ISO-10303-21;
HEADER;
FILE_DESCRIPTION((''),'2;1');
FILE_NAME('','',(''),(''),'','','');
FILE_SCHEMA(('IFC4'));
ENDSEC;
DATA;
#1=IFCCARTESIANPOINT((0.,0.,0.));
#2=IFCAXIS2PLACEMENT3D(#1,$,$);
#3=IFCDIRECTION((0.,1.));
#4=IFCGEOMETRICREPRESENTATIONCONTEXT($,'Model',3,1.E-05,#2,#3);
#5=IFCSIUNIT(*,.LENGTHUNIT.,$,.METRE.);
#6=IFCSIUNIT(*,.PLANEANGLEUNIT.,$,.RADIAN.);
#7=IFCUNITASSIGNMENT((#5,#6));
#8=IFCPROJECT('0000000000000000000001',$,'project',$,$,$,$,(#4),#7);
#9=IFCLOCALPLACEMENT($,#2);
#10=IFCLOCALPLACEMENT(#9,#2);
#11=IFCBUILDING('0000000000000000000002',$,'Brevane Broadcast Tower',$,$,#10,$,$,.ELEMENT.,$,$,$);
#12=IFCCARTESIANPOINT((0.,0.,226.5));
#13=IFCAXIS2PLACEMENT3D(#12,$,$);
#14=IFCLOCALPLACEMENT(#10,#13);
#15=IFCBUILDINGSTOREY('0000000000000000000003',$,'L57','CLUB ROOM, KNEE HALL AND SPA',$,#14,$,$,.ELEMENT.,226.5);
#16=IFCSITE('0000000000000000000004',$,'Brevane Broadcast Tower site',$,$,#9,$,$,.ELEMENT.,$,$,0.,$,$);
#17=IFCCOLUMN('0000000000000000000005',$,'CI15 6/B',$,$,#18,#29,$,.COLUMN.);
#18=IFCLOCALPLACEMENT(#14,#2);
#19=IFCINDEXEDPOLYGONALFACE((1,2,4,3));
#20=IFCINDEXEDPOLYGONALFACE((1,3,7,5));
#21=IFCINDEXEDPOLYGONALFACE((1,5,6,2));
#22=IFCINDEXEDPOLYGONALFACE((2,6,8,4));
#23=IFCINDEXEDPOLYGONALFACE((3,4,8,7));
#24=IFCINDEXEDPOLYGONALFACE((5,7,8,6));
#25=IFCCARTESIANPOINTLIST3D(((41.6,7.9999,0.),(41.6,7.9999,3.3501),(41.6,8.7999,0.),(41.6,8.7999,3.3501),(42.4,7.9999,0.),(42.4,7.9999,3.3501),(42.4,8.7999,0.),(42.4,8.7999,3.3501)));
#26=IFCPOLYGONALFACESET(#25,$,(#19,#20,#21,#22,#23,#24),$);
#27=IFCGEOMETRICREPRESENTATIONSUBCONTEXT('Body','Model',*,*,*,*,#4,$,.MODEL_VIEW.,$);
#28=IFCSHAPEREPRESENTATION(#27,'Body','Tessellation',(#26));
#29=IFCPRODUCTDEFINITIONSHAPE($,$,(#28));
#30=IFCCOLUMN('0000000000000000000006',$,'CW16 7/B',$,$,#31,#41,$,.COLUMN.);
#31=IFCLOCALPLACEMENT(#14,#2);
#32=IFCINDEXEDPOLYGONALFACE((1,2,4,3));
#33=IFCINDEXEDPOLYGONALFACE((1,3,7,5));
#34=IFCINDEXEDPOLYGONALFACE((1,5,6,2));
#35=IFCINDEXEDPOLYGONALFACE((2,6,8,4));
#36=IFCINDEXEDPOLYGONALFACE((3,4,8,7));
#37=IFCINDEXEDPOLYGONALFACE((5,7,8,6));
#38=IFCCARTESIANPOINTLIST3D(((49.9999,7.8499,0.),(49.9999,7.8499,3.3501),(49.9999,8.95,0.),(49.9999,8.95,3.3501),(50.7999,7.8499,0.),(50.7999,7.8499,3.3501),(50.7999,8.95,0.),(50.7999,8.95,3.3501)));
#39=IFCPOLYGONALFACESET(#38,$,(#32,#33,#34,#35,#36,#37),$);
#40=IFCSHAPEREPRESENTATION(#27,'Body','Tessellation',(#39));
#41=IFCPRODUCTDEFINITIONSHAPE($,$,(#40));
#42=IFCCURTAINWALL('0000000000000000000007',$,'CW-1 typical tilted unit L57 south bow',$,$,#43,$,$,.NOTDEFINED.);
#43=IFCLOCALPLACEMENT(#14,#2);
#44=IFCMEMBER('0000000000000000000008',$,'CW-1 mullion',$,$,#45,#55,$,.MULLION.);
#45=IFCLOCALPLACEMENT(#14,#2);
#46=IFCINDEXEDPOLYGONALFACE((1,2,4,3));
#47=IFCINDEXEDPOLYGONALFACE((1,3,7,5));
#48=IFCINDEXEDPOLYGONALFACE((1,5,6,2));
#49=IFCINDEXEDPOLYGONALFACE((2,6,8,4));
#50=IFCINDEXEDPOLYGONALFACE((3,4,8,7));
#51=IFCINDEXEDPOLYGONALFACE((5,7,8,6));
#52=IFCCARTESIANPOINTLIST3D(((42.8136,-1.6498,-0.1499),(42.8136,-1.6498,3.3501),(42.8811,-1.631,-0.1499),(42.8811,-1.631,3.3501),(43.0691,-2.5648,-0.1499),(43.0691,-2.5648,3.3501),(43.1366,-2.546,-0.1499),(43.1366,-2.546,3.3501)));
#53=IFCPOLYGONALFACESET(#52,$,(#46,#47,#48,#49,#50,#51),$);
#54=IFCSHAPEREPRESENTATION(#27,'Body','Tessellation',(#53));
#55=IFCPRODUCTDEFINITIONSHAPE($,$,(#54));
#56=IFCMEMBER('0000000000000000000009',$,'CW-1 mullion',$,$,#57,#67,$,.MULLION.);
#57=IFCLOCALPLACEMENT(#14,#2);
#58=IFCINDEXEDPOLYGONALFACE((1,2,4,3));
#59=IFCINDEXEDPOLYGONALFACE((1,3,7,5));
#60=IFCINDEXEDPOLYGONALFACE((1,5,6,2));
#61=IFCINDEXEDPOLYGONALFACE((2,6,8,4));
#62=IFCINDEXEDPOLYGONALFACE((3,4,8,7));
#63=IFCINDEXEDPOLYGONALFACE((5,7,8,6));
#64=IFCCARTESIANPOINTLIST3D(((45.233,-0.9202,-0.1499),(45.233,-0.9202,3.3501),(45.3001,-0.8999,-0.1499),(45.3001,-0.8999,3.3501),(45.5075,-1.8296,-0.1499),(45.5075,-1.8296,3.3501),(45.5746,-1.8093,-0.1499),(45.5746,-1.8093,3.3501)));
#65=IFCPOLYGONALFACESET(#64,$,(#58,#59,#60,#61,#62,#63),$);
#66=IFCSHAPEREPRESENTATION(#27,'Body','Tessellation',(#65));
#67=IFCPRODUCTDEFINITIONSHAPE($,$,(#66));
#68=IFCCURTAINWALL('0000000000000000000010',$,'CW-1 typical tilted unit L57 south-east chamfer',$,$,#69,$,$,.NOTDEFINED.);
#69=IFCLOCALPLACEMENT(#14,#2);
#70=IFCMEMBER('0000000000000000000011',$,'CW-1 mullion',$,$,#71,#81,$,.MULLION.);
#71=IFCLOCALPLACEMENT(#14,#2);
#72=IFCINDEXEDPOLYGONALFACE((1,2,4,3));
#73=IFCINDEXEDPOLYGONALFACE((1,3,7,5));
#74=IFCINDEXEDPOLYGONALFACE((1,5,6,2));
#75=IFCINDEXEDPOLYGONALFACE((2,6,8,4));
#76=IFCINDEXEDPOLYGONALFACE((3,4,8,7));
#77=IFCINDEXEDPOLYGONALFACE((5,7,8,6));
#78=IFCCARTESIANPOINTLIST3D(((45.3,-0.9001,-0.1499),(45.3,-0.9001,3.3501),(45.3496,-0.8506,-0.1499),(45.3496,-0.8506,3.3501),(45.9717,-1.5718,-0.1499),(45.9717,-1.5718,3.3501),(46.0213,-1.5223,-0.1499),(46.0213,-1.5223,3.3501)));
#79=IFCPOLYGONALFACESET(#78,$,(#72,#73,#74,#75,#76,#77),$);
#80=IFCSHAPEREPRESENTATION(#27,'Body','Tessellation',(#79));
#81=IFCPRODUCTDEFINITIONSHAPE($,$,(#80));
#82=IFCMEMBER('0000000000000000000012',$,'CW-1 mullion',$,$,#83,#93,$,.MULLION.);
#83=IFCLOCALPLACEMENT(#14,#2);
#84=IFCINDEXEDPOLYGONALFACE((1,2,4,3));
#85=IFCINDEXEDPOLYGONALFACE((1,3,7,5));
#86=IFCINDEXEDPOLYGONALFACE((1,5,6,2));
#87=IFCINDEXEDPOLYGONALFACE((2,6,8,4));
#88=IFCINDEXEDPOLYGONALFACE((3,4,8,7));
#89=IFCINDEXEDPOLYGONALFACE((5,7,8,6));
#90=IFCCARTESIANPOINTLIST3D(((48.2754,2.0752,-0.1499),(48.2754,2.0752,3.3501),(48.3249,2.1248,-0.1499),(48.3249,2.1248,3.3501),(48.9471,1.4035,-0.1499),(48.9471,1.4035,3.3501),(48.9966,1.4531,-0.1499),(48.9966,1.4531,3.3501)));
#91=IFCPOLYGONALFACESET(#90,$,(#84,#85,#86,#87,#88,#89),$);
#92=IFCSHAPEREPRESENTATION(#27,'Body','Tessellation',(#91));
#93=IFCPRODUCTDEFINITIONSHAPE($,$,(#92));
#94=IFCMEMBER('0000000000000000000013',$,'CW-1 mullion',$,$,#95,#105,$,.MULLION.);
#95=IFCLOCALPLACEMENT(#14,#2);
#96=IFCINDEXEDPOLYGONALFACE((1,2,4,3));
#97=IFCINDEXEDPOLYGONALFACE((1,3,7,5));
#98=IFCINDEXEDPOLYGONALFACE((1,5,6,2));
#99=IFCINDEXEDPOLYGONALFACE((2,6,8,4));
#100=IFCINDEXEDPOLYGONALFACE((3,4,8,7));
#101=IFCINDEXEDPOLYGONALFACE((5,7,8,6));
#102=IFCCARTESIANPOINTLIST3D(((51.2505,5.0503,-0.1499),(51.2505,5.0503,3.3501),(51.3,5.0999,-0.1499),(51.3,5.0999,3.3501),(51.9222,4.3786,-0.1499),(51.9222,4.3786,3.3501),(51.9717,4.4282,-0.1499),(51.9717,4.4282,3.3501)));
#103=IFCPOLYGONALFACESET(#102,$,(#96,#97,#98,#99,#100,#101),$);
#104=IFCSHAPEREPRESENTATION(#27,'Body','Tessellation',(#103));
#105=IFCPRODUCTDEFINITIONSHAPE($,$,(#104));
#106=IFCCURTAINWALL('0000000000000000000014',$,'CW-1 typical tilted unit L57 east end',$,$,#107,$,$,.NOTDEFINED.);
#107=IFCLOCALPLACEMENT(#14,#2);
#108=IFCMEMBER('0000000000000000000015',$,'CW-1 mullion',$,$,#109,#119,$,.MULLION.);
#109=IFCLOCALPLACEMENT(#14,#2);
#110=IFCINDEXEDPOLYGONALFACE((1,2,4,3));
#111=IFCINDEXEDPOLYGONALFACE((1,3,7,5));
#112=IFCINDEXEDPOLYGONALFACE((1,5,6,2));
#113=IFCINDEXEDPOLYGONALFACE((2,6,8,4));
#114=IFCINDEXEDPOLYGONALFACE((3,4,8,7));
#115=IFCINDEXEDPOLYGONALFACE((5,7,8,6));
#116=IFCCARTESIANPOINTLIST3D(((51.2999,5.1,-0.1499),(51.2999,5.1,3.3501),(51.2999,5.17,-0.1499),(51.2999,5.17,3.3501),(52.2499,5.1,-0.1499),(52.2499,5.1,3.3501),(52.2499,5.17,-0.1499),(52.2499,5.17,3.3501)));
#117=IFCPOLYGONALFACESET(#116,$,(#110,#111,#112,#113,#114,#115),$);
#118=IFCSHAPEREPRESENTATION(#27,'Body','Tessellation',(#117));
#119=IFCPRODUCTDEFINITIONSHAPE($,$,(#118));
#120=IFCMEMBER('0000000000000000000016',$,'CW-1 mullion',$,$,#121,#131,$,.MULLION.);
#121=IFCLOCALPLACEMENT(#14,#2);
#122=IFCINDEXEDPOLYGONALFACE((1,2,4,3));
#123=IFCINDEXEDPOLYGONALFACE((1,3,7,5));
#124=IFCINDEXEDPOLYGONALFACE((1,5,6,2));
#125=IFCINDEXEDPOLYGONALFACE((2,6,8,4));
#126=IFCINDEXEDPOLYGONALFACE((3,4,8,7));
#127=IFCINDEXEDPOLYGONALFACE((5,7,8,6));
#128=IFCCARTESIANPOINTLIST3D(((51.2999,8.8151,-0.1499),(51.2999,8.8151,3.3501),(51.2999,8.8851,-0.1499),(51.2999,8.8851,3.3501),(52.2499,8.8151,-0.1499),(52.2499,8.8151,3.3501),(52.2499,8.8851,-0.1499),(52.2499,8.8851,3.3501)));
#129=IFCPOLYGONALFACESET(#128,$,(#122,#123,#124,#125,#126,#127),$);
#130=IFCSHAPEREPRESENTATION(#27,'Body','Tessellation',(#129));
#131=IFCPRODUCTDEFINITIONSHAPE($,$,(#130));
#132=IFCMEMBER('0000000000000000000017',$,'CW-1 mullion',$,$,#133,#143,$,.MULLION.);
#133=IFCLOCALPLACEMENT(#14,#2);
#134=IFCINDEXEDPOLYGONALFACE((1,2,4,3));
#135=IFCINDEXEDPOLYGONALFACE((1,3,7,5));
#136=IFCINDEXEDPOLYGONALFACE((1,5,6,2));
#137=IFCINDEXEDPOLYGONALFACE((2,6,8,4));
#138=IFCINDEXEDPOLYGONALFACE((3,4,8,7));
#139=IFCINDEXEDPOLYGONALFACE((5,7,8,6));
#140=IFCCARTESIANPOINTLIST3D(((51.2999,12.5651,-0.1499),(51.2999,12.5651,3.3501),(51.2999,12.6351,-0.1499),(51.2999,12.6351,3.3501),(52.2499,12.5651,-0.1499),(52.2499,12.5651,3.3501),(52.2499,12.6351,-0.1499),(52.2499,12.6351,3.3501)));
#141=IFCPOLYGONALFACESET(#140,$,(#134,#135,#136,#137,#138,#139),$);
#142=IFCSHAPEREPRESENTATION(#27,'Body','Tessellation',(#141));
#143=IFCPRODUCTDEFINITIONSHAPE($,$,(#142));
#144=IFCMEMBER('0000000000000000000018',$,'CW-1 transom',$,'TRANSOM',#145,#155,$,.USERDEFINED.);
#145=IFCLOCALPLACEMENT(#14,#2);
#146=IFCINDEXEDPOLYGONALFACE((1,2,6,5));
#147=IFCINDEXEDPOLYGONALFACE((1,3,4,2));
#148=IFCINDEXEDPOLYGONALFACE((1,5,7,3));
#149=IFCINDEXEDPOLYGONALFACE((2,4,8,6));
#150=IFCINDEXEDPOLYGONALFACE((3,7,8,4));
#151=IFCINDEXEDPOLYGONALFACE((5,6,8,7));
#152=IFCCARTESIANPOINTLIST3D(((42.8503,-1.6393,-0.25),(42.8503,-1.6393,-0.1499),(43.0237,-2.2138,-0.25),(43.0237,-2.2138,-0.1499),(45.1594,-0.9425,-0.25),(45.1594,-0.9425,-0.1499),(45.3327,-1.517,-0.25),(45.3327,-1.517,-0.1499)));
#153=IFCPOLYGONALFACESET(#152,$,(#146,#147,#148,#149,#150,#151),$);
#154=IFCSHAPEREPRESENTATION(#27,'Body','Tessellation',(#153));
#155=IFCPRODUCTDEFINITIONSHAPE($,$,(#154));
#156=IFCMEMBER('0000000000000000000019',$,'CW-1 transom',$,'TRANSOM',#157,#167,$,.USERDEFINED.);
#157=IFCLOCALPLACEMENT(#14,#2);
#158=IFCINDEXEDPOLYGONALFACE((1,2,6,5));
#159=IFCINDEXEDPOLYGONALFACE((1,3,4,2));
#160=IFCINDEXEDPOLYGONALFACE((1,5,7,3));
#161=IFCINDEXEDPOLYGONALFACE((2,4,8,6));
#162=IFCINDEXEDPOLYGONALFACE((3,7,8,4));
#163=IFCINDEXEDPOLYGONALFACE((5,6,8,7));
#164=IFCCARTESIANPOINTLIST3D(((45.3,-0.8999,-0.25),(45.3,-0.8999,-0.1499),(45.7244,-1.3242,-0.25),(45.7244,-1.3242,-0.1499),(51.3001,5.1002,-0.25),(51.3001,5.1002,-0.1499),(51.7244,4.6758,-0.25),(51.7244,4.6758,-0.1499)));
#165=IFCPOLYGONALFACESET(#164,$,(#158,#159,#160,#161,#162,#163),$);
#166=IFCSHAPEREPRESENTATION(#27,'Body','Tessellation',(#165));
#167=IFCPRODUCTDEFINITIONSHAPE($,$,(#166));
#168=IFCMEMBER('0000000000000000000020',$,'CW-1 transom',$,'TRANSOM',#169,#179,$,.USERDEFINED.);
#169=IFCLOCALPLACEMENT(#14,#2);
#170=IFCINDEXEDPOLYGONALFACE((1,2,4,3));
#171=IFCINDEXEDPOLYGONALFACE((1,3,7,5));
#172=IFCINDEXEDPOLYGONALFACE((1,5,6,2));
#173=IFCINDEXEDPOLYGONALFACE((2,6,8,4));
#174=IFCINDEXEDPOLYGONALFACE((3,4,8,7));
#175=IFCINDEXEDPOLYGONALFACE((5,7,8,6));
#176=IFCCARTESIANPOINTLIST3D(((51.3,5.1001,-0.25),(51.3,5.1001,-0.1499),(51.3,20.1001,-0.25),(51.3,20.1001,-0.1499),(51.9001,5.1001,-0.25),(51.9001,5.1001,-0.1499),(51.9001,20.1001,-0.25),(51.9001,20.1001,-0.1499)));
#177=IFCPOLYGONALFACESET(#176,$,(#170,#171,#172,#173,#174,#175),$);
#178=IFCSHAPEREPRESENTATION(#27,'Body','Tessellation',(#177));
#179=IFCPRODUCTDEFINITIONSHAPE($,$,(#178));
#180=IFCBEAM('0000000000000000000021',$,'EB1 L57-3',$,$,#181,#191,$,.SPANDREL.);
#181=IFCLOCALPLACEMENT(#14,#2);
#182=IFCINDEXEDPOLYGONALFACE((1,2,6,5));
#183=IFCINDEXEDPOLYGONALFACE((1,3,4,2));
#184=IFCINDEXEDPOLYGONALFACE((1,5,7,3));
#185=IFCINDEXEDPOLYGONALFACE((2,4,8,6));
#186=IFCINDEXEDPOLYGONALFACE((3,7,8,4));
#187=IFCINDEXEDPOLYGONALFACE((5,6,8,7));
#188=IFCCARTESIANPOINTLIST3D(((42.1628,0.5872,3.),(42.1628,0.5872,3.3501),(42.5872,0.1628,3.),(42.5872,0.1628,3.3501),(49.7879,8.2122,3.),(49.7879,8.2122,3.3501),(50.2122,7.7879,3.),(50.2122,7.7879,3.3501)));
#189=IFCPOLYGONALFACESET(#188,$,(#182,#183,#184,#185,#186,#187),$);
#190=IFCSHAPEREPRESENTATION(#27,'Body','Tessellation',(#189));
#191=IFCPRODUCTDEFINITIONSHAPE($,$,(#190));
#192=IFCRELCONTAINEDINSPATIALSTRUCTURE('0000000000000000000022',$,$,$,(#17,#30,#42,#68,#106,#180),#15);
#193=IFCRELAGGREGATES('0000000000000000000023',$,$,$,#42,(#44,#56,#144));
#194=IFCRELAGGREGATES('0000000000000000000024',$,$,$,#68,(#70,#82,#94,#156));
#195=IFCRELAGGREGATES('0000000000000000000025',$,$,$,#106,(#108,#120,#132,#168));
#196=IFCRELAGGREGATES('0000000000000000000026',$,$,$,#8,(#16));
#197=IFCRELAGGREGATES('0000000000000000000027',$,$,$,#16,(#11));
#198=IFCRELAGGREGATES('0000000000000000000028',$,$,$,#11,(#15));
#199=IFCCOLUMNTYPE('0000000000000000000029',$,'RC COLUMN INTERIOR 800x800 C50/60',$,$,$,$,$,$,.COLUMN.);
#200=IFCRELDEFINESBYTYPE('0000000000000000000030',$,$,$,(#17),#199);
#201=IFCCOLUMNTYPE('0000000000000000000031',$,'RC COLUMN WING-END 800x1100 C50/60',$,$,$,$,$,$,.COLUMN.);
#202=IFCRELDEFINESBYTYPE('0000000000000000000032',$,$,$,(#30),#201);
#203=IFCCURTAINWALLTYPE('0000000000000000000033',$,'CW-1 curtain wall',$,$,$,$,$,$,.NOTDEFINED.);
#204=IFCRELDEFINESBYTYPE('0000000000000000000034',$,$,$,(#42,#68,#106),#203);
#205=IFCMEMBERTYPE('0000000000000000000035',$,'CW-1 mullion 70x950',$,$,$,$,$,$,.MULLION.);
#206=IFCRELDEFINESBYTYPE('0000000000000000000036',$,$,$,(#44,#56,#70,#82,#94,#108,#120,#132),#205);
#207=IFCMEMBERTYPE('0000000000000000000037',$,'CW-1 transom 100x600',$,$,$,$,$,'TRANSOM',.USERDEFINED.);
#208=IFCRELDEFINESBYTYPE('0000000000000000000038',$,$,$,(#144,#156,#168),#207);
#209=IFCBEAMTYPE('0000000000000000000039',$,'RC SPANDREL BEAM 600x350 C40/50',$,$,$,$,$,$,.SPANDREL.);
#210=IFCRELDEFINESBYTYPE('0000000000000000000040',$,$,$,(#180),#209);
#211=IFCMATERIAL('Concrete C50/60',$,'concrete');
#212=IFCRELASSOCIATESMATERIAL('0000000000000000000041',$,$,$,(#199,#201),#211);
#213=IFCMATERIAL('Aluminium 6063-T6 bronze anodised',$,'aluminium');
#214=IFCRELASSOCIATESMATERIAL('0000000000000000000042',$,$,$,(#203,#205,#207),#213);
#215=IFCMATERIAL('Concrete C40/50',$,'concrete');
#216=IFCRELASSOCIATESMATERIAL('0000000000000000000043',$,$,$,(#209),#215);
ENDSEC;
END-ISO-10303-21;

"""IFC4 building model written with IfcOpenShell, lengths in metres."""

from ifc_helpers import new_model, si_unit, direction, frame, origin, origin_2d, place, context, subcontext, project, spatial, rectangle, extrude, material, material_profile, profile_set, type_object, element, aggregate, save


model = new_model("IFC4")

# Units and contexts
model_context = context("Model", 3, precision=1e-05, world=origin(), true_north=direction((0.0, 1.0)))
body_context = subcontext(model_context, "Body", "Model", "MODEL_VIEW")
ifc_project = project(units=[si_unit("LENGTHUNIT", "METRE"), si_unit("PLANEANGLEUNIT", "RADIAN")], contexts=[model_context])

# Site, building, storey
site_placement = place(None, origin())
site = spatial("IfcSite", under=ifc_project, at=site_placement, Name="Brevane Broadcast Tower site", CompositionType="ELEMENT", RefElevation=0.0)
building_placement = place(site_placement, origin())
building = spatial("IfcBuilding", under=site, at=building_placement, Name="Brevane Broadcast Tower", CompositionType="ELEMENT")
storey_placement = place(building_placement, frame((0.0, 0.0, 226.5)))
storey = spatial("IfcBuildingStorey", under=building, at=storey_placement, Name="L57", Description="CLUB ROOM, KNEE HALL AND SPA", CompositionType="ELEMENT", Elevation=226.5)

# Columns
ifc_material_1 = material(Name="Concrete C50/60", Category="concrete")
ifc_material_profile_1 = material_profile(ifc_material_1, rectangle(XDim=0.8, YDim=0.8, at=origin_2d()), Name="RC 800x800")
ifc_profile_set_1 = profile_set([ifc_material_profile_1], Name="Concrete C50/60")
column_type_1 = type_object("IfcColumnType", Name="RC COLUMN INTERIOR 800x800 C50/60", PredefinedType="COLUMN", material=ifc_profile_set_1)
column_1_placement = place(storey_placement, frame((42.0, 8.3999, 0.0), z_axis=(0.0, 0.0, 1.0), x_axis=(1.0, 0.0, 0.0)))
element("IfcColumn", 1, at=column_1_placement, inside=storey, type_object=column_type_1, Name="CI15 6/B", PredefinedType="COLUMN", context=body_context, shape_type="SweptSolid", body=[
    extrude(rectangle(XDim=0.8, YDim=0.8, at=origin_2d()), origin(), (0.0, 0.0, 1.0), 3.3501),
])
ifc_material_profile_2 = material_profile(ifc_material_1, rectangle(XDim=0.8, YDim=1.1001, at=origin_2d()), Name="RC 800x1100")
ifc_profile_set_2 = profile_set([ifc_material_profile_2], Name="Concrete C50/60")
column_type_2 = type_object("IfcColumnType", Name="RC COLUMN WING-END 800x1100 C50/60", PredefinedType="COLUMN", material=ifc_profile_set_2)
column_2_placement = place(storey_placement, frame((50.3999, 8.3999, 0.0), z_axis=(0.0, 0.0, 1.0), x_axis=(1.0, 0.0, 0.0)))
element("IfcColumn", 2, at=column_2_placement, inside=storey, type_object=column_type_2, Name="CW16 7/B", PredefinedType="COLUMN", context=body_context, shape_type="SweptSolid", body=[
    extrude(rectangle(XDim=0.8, YDim=1.1001, at=origin_2d()), origin(), (0.0, 0.0, 1.0), 3.3501),
])

# Curtain walls, members
ifc_material_2 = material(Name="Aluminium 6063-T6 bronze anodised", Category="aluminium")
curtain_wall_type = type_object("IfcCurtainWallType", Name="CW-1 curtain wall", PredefinedType="NOTDEFINED", material=ifc_material_2)
curtain_wall_1_placement = place(storey_placement, origin())
curtain_wall_1 = element("IfcCurtainWall", 3, at=curtain_wall_1_placement, inside=storey, type_object=curtain_wall_type, Name="CW-1 typical tilted unit L57 south bow", PredefinedType="NOTDEFINED")
ifc_material_profile_3 = material_profile(ifc_material_2, rectangle(XDim=0.95, YDim=0.0701, at=origin_2d()), Name="RECT 70x950")
ifc_profile_set_3 = profile_set([ifc_material_profile_3], Name="Aluminium 6063-T6 bronze anodised")
member_type_1 = type_object("IfcMemberType", Name="CW-1 mullion 70x950", PredefinedType="MULLION", material=ifc_profile_set_3)
member_1_placement = place(storey_placement, frame((42.9751, -2.0979, -0.1499), z_axis=(0.0, 0.0, 1.0), x_axis=(-0.268916, 0.963164, 0.0)))
member_1 = element("IfcMember", 4, at=member_1_placement, type_object=member_type_1, Name="CW-1 mullion", PredefinedType="MULLION", context=body_context, shape_type="SweptSolid", body=[
    extrude(rectangle(XDim=0.95, YDim=0.0701, at=origin_2d()), origin(), (0.0, 0.0, 1.0), 3.5),
])
member_2_placement = place(storey_placement, frame((45.4038, -1.3647, -0.1499), z_axis=(0.0, 0.0, 1.0), x_axis=(-0.288968, 0.957339, 0.0)))
member_2 = element("IfcMember", 5, at=member_2_placement, type_object=member_type_1, Name="CW-1 mullion", PredefinedType="MULLION", context=body_context, shape_type="SweptSolid", body=[
    extrude(rectangle(XDim=0.95, YDim=0.0701, at=origin_2d()), origin(), (0.0, 0.0, 1.0), 3.5),
])
curtain_wall_2_placement = place(storey_placement, origin())
curtain_wall_2 = element("IfcCurtainWall", 6, at=curtain_wall_2_placement, inside=storey, type_object=curtain_wall_type, Name="CW-1 typical tilted unit L57 south-east chamfer", PredefinedType="NOTDEFINED")
member_3_placement = place(storey_placement, frame((45.6606, -1.2112, -0.1499), z_axis=(0.0, 0.0, 1.0), x_axis=(-0.707107, 0.707107, 0.0)))
member_3 = element("IfcMember", 7, at=member_3_placement, type_object=member_type_1, Name="CW-1 mullion", PredefinedType="MULLION", context=body_context, shape_type="SweptSolid", body=[
    extrude(rectangle(XDim=0.95, YDim=0.0701, at=origin_2d()), origin(), (0.0, 0.0, 1.0), 3.5),
])
member_4_placement = place(storey_placement, frame((48.636, 1.7642, -0.1499), z_axis=(0.0, 0.0, 1.0), x_axis=(-0.707107, 0.707107, 0.0)))
member_4 = element("IfcMember", 8, at=member_4_placement, type_object=member_type_1, Name="CW-1 mullion", PredefinedType="MULLION", context=body_context, shape_type="SweptSolid", body=[
    extrude(rectangle(XDim=0.95, YDim=0.0701, at=origin_2d()), origin(), (0.0, 0.0, 1.0), 3.5),
])
member_5_placement = place(storey_placement, frame((51.6111, 4.7393, -0.1499), z_axis=(0.0, 0.0, 1.0), x_axis=(-0.707107, 0.707107, 0.0)))
member_5 = element("IfcMember", 9, at=member_5_placement, type_object=member_type_1, Name="CW-1 mullion", PredefinedType="MULLION", context=body_context, shape_type="SweptSolid", body=[
    extrude(rectangle(XDim=0.95, YDim=0.0701, at=origin_2d()), origin(), (0.0, 0.0, 1.0), 3.5),
])
curtain_wall_3_placement = place(storey_placement, origin())
curtain_wall_3 = element("IfcCurtainWall", 10, at=curtain_wall_3_placement, inside=storey, type_object=curtain_wall_type, Name="CW-1 typical tilted unit L57 east end", PredefinedType="NOTDEFINED")
member_6_placement = place(storey_placement, frame((51.7749, 5.135, -0.1499), z_axis=(0.0, 0.0, 1.0), x_axis=(-1.0, 0.0, 0.0)))
member_6 = element("IfcMember", 11, at=member_6_placement, type_object=member_type_1, Name="CW-1 mullion", PredefinedType="MULLION", context=body_context, shape_type="SweptSolid", body=[
    extrude(rectangle(XDim=0.95, YDim=0.0701, at=origin_2d()), origin(), (0.0, 0.0, 1.0), 3.5),
])
member_7_placement = place(storey_placement, frame((51.7749, 8.8501, -0.1499), z_axis=(0.0, 0.0, 1.0), x_axis=(-1.0, 0.0, 0.0)))
member_7 = element("IfcMember", 12, at=member_7_placement, type_object=member_type_1, Name="CW-1 mullion", PredefinedType="MULLION", context=body_context, shape_type="SweptSolid", body=[
    extrude(rectangle(XDim=0.95, YDim=0.0701, at=origin_2d()), origin(), (0.0, 0.0, 1.0), 3.5),
])
member_8_placement = place(storey_placement, frame((51.7749, 12.6001, -0.1499), z_axis=(0.0, 0.0, 1.0), x_axis=(-1.0, 0.0, 0.0)))
member_8 = element("IfcMember", 13, at=member_8_placement, type_object=member_type_1, Name="CW-1 mullion", PredefinedType="MULLION", context=body_context, shape_type="SweptSolid", body=[
    extrude(rectangle(XDim=0.95, YDim=0.0701, at=origin_2d()), origin(), (0.0, 0.0, 1.0), 3.5),
])

# Members
ifc_material_profile_4 = material_profile(ifc_material_2, rectangle(XDim=0.6001, YDim=0.1001, at=origin_2d()), Name="RECT 100x600")
ifc_profile_set_4 = profile_set([ifc_material_profile_4], Name="Aluminium 6063-T6 bronze anodised")
member_type_2 = type_object("IfcMemberType", Name="CW-1 transom 100x600", ElementType="TRANSOM", PredefinedType="USERDEFINED", material=ifc_profile_set_4)
member_9_placement = place(storey_placement, frame((42.937, -1.9265, -0.2), z_axis=(0.957363, 0.288889, 0.0), x_axis=(-0.288889, 0.957363, 0.0)))
member_9 = element("IfcMember", 14, at=member_9_placement, type_object=member_type_2, Name="CW-1 transom", ObjectType="TRANSOM", PredefinedType="USERDEFINED", context=body_context, shape_type="SweptSolid", body=[
    extrude(rectangle(XDim=0.6001, YDim=0.1001, at=origin_2d()), origin(), (0.0, 0.0, 1.0), 2.4119),
])
aggregate(curtain_wall_1, [member_1, member_2, member_9])
member_10_placement = place(storey_placement, frame((45.5122, -1.1121, -0.2), z_axis=(0.707107, 0.707107, 0.0), x_axis=(-0.707107, 0.707107, 0.0)))
member_10 = element("IfcMember", 15, at=member_10_placement, type_object=member_type_2, Name="CW-1 transom", ObjectType="TRANSOM", PredefinedType="USERDEFINED", context=body_context, shape_type="SweptSolid", body=[
    extrude(rectangle(XDim=0.6001, YDim=0.1001, at=origin_2d()), origin(), (0.0, 0.0, 1.0), 8.4854),
])
aggregate(curtain_wall_2, [member_3, member_4, member_5, member_10])
member_11_placement = place(storey_placement, frame((51.6001, 5.1001, -0.2), z_axis=(0.0, 1.0, 0.0), x_axis=(-1.0, 0.0, 0.0)))
member_11 = element("IfcMember", 16, at=member_11_placement, type_object=member_type_2, Name="CW-1 transom", ObjectType="TRANSOM", PredefinedType="USERDEFINED", context=body_context, shape_type="SweptSolid", body=[
    extrude(rectangle(XDim=0.6001, YDim=0.1001, at=origin_2d()), origin(), (0.0, 0.0, 1.0), 15.0),
])
aggregate(curtain_wall_3, [member_6, member_7, member_8, member_11])

# Beam
ifc_material_3 = material(Name="Concrete C40/50", Category="concrete")
ifc_material_profile_5 = material_profile(ifc_material_3, rectangle(XDim=0.6001, YDim=0.3501, at=origin_2d()), Name="RC 600x350")
ifc_profile_set_5 = profile_set([ifc_material_profile_5], Name="Concrete C40/50")
beam_type = type_object("IfcBeamType", Name="RC SPANDREL BEAM 600x350 C40/50", PredefinedType="SPANDREL", material=ifc_profile_set_5)
beam_1_placement = place(storey_placement, frame((42.375, 0.375, 3.175), z_axis=(0.707107, 0.707107, 0.0), x_axis=(-0.707107, 0.707107, 0.0)))
element("IfcBeam", 17, at=beam_1_placement, inside=storey, type_object=beam_type, Name="EB1 L57-3", PredefinedType="SPANDREL", context=body_context, shape_type="SweptSolid", body=[
    extrude(rectangle(XDim=0.6001, YDim=0.3501, at=origin_2d()), origin(), (0.0, 0.0, 1.0), 10.7834),
])

save(model, "model.ifc")
